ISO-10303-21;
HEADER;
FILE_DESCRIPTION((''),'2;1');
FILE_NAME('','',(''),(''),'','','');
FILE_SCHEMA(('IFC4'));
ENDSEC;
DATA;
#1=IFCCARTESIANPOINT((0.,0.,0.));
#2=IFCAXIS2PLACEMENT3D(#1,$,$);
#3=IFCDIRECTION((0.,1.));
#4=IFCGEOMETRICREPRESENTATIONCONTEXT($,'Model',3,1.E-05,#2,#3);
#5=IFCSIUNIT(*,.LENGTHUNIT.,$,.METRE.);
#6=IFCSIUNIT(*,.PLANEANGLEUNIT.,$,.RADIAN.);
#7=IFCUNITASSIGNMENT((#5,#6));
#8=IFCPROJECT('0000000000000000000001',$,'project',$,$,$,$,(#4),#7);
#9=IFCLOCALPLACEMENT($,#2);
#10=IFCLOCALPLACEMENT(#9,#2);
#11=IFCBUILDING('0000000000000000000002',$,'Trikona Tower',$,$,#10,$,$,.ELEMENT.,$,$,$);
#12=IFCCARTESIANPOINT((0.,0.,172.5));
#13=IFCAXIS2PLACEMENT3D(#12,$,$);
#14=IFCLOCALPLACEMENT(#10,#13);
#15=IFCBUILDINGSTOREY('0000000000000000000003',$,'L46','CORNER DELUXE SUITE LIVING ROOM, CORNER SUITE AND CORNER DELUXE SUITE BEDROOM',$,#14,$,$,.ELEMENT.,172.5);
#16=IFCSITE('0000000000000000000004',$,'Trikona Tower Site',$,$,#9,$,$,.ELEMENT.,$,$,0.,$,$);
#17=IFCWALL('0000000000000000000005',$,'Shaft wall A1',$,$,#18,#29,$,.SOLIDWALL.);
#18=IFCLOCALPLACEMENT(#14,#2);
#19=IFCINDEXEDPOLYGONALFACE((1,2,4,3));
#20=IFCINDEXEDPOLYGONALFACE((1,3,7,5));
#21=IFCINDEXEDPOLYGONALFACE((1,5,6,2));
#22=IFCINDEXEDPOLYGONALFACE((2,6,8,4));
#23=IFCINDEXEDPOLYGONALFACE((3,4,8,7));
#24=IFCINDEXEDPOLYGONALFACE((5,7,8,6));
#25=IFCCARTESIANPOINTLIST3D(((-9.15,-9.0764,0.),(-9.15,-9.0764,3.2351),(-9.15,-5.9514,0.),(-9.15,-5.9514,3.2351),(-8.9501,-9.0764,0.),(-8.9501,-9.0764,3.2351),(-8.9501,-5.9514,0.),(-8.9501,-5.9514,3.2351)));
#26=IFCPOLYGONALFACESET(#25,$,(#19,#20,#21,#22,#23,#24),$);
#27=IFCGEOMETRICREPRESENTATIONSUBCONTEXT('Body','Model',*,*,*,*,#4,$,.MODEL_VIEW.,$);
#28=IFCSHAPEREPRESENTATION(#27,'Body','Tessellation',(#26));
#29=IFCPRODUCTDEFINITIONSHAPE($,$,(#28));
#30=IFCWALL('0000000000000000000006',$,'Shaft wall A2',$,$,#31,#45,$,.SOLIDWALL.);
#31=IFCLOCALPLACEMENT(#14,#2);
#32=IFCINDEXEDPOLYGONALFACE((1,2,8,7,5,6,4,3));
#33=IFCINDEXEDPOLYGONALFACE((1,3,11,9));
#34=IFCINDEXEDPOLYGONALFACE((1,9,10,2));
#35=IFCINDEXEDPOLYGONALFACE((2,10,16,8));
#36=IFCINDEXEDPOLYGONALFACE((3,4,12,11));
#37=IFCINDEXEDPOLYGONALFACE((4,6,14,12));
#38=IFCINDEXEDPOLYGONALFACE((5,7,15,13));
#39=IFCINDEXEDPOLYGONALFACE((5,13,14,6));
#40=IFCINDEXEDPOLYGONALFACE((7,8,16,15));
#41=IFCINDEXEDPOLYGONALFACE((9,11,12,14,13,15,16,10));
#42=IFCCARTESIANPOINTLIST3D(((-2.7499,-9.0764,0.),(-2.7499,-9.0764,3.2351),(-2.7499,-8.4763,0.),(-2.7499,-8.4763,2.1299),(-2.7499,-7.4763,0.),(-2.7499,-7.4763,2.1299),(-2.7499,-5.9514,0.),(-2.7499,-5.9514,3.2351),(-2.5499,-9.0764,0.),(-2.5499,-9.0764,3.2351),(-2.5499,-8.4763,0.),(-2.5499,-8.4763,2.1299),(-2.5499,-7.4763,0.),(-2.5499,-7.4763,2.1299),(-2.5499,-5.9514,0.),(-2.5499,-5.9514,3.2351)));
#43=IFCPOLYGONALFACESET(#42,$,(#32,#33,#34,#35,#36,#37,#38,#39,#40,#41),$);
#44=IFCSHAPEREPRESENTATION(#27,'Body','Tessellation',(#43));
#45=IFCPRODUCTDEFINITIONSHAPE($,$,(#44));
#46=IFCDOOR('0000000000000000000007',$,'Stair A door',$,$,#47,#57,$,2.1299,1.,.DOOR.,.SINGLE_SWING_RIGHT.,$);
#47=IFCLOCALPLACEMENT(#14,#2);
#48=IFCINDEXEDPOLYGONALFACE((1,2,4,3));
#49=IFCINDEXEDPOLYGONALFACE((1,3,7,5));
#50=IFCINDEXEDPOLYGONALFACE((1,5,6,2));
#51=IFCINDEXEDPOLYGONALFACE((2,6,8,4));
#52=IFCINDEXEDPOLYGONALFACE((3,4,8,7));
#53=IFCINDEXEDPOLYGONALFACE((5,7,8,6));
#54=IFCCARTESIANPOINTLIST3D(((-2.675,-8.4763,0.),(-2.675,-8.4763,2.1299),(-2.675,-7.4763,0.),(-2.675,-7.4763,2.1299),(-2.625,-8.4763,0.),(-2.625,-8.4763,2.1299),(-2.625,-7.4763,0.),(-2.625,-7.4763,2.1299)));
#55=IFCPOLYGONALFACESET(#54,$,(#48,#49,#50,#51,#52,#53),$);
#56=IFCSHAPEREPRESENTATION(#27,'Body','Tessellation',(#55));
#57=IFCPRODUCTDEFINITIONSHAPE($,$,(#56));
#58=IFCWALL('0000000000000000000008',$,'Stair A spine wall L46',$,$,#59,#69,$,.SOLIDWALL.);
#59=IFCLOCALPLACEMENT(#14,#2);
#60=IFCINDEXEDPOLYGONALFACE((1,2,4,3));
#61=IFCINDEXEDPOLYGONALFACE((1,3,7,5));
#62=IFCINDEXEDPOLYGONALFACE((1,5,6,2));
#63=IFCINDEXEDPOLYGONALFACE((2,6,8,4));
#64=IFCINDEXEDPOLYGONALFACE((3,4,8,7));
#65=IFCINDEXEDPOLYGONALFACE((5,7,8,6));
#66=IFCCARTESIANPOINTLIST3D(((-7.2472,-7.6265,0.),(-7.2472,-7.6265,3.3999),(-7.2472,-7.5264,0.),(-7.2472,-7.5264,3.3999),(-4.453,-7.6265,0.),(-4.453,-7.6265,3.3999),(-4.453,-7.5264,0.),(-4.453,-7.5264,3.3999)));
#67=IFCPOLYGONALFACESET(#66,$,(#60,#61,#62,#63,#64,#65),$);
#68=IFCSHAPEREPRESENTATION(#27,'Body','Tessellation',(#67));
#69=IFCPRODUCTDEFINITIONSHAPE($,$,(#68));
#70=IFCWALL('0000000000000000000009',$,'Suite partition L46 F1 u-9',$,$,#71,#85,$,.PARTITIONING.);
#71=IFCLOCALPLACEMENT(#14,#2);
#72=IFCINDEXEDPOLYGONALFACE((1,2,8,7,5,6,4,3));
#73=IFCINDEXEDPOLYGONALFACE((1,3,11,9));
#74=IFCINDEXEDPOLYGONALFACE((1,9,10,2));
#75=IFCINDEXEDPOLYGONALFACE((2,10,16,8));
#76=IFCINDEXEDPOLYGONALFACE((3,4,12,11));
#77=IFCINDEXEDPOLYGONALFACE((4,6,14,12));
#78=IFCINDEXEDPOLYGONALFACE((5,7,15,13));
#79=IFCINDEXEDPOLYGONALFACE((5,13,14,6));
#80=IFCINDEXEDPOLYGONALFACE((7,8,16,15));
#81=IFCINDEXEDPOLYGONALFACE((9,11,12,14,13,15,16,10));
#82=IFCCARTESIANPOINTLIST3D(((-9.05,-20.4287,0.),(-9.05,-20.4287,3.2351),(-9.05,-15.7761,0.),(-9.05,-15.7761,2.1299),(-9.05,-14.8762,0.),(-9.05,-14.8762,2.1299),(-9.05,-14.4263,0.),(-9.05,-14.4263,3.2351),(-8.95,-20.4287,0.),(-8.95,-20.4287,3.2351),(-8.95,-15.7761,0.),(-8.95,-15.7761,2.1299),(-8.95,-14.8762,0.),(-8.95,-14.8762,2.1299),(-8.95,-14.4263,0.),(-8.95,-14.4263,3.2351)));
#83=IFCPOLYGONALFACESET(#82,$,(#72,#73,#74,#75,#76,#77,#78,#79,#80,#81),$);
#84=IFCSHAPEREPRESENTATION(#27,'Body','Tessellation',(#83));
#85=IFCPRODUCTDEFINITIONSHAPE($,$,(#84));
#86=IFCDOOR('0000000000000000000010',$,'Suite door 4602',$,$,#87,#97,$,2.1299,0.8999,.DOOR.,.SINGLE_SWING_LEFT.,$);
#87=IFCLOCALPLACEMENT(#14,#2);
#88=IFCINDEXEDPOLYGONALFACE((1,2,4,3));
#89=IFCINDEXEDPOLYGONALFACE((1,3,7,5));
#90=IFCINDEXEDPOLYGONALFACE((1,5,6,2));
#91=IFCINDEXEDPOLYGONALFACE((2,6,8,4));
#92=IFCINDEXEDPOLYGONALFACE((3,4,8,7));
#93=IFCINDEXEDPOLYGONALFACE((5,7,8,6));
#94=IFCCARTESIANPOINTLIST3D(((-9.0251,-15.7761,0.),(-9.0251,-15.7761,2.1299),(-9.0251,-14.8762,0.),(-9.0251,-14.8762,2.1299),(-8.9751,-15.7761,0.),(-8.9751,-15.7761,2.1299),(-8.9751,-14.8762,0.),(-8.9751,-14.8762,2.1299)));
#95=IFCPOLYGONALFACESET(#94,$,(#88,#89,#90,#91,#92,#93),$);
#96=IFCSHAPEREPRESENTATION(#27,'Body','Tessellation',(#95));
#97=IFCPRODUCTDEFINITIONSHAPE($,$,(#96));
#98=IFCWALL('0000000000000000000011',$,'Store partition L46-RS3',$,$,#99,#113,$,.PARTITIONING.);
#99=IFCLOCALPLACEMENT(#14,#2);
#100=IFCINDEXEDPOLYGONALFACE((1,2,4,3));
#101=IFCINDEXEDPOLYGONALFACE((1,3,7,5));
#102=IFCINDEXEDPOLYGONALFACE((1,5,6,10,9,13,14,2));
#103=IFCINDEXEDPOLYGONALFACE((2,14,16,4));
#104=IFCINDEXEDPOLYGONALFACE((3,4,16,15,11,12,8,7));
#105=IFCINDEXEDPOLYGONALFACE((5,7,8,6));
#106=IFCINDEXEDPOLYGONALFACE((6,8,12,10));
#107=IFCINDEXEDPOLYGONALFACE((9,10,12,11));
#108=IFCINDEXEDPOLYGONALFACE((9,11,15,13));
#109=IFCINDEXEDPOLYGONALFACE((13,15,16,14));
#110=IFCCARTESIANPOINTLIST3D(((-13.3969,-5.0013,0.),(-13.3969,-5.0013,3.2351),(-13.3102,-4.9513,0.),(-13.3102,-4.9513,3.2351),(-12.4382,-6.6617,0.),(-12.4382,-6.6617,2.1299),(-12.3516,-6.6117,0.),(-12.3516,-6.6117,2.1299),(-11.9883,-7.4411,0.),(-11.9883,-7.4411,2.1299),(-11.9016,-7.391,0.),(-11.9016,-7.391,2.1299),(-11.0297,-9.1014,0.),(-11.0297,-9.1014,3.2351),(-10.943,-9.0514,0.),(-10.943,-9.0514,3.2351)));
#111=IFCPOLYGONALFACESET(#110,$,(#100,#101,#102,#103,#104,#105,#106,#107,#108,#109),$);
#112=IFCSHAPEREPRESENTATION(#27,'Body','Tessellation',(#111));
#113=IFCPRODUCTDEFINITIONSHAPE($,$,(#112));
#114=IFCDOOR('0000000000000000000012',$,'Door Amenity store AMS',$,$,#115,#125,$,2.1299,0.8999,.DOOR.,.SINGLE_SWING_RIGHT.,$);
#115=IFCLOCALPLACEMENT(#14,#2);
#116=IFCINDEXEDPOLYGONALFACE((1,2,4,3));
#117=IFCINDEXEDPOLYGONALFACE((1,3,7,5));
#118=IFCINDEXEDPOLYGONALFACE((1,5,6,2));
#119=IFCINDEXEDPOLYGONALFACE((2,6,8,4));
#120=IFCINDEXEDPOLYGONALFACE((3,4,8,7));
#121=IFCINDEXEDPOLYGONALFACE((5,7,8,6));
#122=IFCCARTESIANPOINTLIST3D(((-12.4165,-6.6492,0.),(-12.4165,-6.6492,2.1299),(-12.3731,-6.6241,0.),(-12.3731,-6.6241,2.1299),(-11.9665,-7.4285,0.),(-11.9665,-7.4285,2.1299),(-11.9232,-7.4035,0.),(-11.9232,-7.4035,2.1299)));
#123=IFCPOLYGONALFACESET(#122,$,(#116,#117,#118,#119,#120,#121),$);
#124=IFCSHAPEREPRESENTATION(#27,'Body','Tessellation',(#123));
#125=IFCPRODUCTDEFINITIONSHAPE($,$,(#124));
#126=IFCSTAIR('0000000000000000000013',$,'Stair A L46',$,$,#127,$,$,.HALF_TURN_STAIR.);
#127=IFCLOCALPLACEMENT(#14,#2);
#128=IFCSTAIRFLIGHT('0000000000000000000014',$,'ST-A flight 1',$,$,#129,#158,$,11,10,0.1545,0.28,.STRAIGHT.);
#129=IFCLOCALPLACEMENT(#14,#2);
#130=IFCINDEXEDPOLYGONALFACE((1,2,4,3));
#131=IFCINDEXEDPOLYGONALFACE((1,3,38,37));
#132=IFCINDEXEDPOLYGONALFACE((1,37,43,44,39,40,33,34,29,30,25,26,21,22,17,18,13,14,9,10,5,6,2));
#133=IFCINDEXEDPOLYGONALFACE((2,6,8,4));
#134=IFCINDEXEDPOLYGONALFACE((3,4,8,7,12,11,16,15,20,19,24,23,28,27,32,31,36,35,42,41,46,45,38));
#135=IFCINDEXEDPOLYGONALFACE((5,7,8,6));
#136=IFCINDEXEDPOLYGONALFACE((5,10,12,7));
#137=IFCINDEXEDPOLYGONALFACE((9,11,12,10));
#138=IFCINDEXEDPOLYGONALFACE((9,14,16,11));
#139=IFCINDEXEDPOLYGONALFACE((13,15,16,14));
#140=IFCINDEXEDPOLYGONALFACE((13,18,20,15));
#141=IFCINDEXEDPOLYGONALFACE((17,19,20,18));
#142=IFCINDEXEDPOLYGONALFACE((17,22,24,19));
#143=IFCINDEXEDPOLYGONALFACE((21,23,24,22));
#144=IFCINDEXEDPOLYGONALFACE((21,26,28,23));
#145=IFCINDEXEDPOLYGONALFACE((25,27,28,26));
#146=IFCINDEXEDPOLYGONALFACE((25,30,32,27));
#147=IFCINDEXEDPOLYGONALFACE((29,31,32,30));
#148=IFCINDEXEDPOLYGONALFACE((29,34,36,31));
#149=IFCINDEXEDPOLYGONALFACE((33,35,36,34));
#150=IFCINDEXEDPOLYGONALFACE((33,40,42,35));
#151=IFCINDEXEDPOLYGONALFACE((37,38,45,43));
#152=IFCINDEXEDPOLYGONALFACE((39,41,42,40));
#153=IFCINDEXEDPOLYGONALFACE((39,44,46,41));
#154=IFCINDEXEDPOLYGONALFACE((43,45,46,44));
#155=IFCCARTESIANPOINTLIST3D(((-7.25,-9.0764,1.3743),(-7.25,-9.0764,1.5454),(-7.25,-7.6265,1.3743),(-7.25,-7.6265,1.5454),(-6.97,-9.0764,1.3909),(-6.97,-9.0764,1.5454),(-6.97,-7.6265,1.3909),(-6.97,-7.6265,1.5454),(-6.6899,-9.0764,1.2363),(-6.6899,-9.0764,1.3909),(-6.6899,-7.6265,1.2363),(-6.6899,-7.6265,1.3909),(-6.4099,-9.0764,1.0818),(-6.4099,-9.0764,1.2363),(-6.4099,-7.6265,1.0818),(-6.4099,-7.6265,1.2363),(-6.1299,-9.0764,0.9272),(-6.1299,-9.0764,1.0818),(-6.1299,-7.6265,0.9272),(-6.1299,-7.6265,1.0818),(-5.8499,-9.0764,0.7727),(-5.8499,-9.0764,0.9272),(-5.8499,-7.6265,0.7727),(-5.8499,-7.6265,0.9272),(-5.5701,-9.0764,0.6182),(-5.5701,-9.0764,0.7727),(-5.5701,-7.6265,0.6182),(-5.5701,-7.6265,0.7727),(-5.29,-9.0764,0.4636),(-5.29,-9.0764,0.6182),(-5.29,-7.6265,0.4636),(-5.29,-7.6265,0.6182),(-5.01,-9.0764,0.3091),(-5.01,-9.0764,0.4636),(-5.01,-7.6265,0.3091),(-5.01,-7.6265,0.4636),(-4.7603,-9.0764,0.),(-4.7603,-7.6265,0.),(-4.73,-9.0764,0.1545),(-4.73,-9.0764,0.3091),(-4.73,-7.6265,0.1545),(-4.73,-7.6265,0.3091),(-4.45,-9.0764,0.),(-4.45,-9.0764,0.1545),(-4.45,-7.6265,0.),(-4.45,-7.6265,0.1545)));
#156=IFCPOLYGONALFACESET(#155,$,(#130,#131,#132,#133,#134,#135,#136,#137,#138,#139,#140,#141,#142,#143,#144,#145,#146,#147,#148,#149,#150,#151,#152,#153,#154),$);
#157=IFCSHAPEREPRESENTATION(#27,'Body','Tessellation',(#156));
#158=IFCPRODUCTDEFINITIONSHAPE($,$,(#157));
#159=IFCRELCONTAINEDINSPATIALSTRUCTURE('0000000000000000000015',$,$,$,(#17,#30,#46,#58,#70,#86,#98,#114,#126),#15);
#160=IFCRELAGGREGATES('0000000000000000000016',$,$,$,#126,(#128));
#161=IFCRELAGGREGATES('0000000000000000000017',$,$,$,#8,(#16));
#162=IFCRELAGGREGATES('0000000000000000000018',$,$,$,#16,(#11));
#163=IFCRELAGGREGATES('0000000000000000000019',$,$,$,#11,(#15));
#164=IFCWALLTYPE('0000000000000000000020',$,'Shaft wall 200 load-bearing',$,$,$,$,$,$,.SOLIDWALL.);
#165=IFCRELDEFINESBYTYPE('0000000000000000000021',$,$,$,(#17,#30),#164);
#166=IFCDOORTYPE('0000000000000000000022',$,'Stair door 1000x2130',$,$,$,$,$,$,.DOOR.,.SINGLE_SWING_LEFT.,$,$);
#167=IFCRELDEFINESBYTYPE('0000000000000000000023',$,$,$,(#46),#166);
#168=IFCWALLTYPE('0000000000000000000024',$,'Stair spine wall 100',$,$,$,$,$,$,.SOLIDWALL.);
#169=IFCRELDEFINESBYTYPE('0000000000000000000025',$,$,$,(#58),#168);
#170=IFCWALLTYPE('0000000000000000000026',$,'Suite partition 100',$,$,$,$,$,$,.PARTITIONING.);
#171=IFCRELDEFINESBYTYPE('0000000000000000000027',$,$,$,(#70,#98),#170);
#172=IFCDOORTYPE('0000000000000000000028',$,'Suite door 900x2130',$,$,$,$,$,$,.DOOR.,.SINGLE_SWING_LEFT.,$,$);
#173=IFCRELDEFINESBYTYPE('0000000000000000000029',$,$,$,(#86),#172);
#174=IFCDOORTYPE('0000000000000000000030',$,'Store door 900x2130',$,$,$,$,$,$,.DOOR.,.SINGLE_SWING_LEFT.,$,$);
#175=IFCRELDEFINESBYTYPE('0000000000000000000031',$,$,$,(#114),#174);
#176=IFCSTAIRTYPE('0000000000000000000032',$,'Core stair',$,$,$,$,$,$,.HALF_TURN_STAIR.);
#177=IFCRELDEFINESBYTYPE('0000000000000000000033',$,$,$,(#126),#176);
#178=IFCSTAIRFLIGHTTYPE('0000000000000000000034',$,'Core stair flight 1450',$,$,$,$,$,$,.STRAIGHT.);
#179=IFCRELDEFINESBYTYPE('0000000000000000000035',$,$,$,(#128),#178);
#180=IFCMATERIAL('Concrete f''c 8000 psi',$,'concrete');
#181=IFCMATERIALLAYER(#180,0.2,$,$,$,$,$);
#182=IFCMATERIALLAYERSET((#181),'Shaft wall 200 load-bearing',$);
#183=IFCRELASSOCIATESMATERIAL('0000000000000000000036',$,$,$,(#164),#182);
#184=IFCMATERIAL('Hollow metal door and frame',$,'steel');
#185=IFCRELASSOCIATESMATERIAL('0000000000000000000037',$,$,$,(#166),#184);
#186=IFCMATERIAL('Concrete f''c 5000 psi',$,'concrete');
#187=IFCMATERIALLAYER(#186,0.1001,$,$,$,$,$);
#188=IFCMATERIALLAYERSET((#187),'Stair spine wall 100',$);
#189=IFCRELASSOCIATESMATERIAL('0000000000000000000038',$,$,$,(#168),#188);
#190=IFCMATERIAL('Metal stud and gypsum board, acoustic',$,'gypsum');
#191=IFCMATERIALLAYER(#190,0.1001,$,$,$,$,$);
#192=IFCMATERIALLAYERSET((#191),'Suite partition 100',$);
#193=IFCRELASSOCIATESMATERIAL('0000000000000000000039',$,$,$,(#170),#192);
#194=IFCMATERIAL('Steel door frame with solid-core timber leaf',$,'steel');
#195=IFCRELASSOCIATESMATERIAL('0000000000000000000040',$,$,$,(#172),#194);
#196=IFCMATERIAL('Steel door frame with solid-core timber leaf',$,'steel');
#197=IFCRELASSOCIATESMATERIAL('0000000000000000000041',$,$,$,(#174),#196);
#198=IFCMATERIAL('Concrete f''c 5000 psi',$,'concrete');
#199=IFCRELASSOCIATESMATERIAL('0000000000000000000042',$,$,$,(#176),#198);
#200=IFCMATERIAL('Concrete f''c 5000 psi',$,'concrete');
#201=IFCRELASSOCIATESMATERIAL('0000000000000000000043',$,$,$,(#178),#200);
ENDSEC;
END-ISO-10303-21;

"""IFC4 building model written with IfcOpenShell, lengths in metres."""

from ifc_helpers import new_model, si_unit, direction, frame, frame_2d, origin, place, context, subcontext, project, spatial, polyline, rectangle, outline, extrude, material, layer, layer_set, type_object, element, fill, aggregate, save


model = new_model("IFC4")

# Units and contexts
model_context = context("Model", 3, precision=1e-05, world=origin(), true_north=direction((0.0, 1.0)))
body_context = subcontext(model_context, "Body", "Model", "MODEL_VIEW")
ifc_project = project(units=[si_unit("LENGTHUNIT", "METRE"), si_unit("PLANEANGLEUNIT", "RADIAN")], contexts=[model_context])

# Site, building, storey
site_placement = place(None, origin())
site = spatial("IfcSite", under=ifc_project, at=site_placement, Name="Trikona Tower Site", CompositionType="ELEMENT", RefElevation=0.0)
building_placement = place(site_placement, origin())
building = spatial("IfcBuilding", under=site, at=building_placement, Name="Trikona Tower", CompositionType="ELEMENT")
storey_placement = place(building_placement, frame((0.0, 0.0, 172.5)))
storey = spatial("IfcBuildingStorey", under=building, at=storey_placement, Name="L46", Description="CORNER DELUXE SUITE LIVING ROOM, CORNER SUITE AND CORNER DELUXE SUITE BEDROOM", CompositionType="ELEMENT", Elevation=172.5)

# Wall
ifc_material_1 = material(Name="Concrete f'c 8000 psi", Category="concrete")
ifc_layer_1 = layer(ifc_material_1, 0.2)
ifc_layer_set_1 = layer_set([ifc_layer_1], Name="Shaft wall 200 load-bearing")
wall_type_1 = type_object("IfcWallType", Name="Shaft wall 200 load-bearing", PredefinedType="SOLIDWALL", material=ifc_layer_set_1)
wall_1_placement = place(storey_placement, frame((-9.05, -5.9514, 0.0), z_axis=(0.0, 0.0, 1.0), x_axis=(0.0, -1.0, 0.0)))
element("IfcWall", 1, at=wall_1_placement, inside=storey, type_object=wall_type_1, Name="Shaft wall A1", PredefinedType="SOLIDWALL", context=body_context, shape_type="SweptSolid", body=[
    extrude(rectangle(XDim=3.125, YDim=0.2, at=frame_2d((1.5625, 0.0))), origin(), (0.0, 0.0, 1.0), 3.2351),
])

# Wall, opening, door
wall_2_placement = place(storey_placement, frame((-2.6499, -5.9514, 0.0), z_axis=(0.0, 0.0, 1.0), x_axis=(0.0, -1.0, 0.0)))
wall_2 = element("IfcWall", 2, at=wall_2_placement, inside=storey, type_object=wall_type_1, Name="Shaft wall A2", PredefinedType="SOLIDWALL", context=body_context, shape_type="SweptSolid", body=[
    extrude(rectangle(XDim=3.125, YDim=0.2, at=frame_2d((1.5625, 0.0))), origin(), (0.0, 0.0, 1.0), 3.2351),
])
opening_1_placement = place(wall_2_placement, frame((1.5249, 0.0, 0.0)))
opening_1 = element("IfcOpeningElement", 3, at=opening_1_placement, cuts=wall_2, PredefinedType="OPENING", context=body_context, shape_type="SweptSolid", body=[
    extrude(rectangle(XDim=1.0, YDim=2.1299, at=frame_2d((0.5, 1.0649))), frame((0.0, 0.1099, 0.0), z_axis=(0.0, -1.0, 0.0), x_axis=(1.0, 0.0, 0.0)), (0.0, 0.0, 1.0), 0.22),
])
ifc_material_2 = material(Name="Hollow metal door and frame", Category="steel")
door_type_1 = type_object("IfcDoorType", Name="Stair door 1000x2130", OperationType="SINGLE_SWING_LEFT", PredefinedType="DOOR", material=ifc_material_2)
door_1_placement = place(opening_1_placement, origin())
door_1 = element("IfcDoor", 4, at=door_1_placement, inside=storey, type_object=door_type_1, Name="Stair A door", OperationType="SINGLE_SWING_RIGHT", OverallHeight=2.1299, OverallWidth=1.0, PredefinedType="DOOR", context=body_context, shape_type="SweptSolid", body=[
    extrude(rectangle(XDim=1.0, YDim=2.1299, at=frame_2d((0.5, 1.0649))), frame((0.0, 0.0249, 0.0), z_axis=(0.0, -1.0, 0.0), x_axis=(1.0, 0.0, 0.0)), (0.0, 0.0, 1.0), 0.05),
])
fill(opening_1, door_1)

# Wall
ifc_material_3 = material(Name="Concrete f'c 5000 psi", Category="concrete")
ifc_layer_2 = layer(ifc_material_3, 0.1001)
ifc_layer_set_2 = layer_set([ifc_layer_2], Name="Stair spine wall 100")
wall_type_2 = type_object("IfcWallType", Name="Stair spine wall 100", PredefinedType="SOLIDWALL", material=ifc_layer_set_2)
wall_3_placement = place(storey_placement, frame((-7.2471, -7.5764, 0.0), z_axis=(0.0, 0.0, 1.0), x_axis=(1.0, 0.0, 0.0)))
element("IfcWall", 5, at=wall_3_placement, inside=storey, type_object=wall_type_2, Name="Stair A spine wall L46", PredefinedType="SOLIDWALL", context=body_context, shape_type="SweptSolid", body=[
    extrude(rectangle(XDim=2.7942, YDim=0.1001, at=frame_2d((1.397, 0.0))), origin(), (0.0, 0.0, 1.0), 3.3999),
])

# Walls, openings, doors
ifc_material_4 = material(Name="Metal stud and gypsum board, acoustic", Category="gypsum")
ifc_layer_3 = layer(ifc_material_4, 0.1001)
ifc_layer_set_3 = layer_set([ifc_layer_3], Name="Suite partition 100")
wall_type_3 = type_object("IfcWallType", Name="Suite partition 100", PredefinedType="PARTITIONING", material=ifc_layer_set_3)
wall_4_placement = place(storey_placement, frame((-9.0, -14.4263, 0.0), z_axis=(0.0, 0.0, 1.0), x_axis=(0.0, -1.0, 0.0)))
wall_4 = element("IfcWall", 6, at=wall_4_placement, inside=storey, type_object=wall_type_3, Name="Suite partition L46 F1 u-9", PredefinedType="PARTITIONING", context=body_context, shape_type="SweptSolid", body=[
    extrude(rectangle(XDim=6.0024, YDim=0.1001, at=frame_2d((3.0012, 0.0))), origin(), (0.0, 0.0, 1.0), 3.2351),
])
opening_2_placement = place(wall_4_placement, frame((0.45, 0.0, 0.0)))
opening_2 = element("IfcOpeningElement", 7, at=opening_2_placement, cuts=wall_4, PredefinedType="OPENING", context=body_context, shape_type="SweptSolid", body=[
    extrude(rectangle(XDim=0.8999, YDim=2.1299, at=frame_2d((0.45, 1.0649))), frame((0.0, 0.0601, 0.0), z_axis=(0.0, -1.0, 0.0), x_axis=(1.0, 0.0, 0.0)), (0.0, 0.0, 1.0), 0.1201),
])
ifc_material_5 = material(Name="Steel door frame with solid-core timber leaf", Category="steel")
door_type_2 = type_object("IfcDoorType", Name="Suite door 900x2130", OperationType="SINGLE_SWING_LEFT", PredefinedType="DOOR", material=ifc_material_5)
door_2_placement = place(opening_2_placement, origin())
door_2 = element("IfcDoor", 8, at=door_2_placement, inside=storey, type_object=door_type_2, Name="Suite door 4602", OperationType="SINGLE_SWING_LEFT", OverallHeight=2.1299, OverallWidth=0.8999, PredefinedType="DOOR", context=body_context, shape_type="SweptSolid", body=[
    extrude(rectangle(XDim=0.8999, YDim=2.1299, at=frame_2d((0.45, 1.0649))), frame((0.0, 0.0249, 0.0), z_axis=(0.0, -1.0, 0.0), x_axis=(1.0, 0.0, 0.0)), (0.0, 0.0, 1.0), 0.05),
])
fill(opening_2, door_2)
wall_5_placement = place(storey_placement, frame((-10.9863, -9.0764, 0.0), z_axis=(0.0, 0.0, 1.0), x_axis=(-0.499999, 0.866026, 0.0)))
wall_5 = element("IfcWall", 9, at=wall_5_placement, inside=storey, type_object=wall_type_3, Name="Store partition L46-RS3", PredefinedType="PARTITIONING", context=body_context, shape_type="SweptSolid", body=[
    extrude(rectangle(XDim=4.7344, YDim=0.1001, at=frame_2d((2.3672, 0.0))), origin(), (0.0, 0.0, 1.0), 3.2351),
])
opening_3_placement = place(wall_5_placement, frame((1.9172, 0.0, 0.0)))
opening_3 = element("IfcOpeningElement", 10, at=opening_3_placement, cuts=wall_5, PredefinedType="OPENING", context=body_context, shape_type="SweptSolid", body=[
    extrude(rectangle(XDim=0.8999, YDim=2.1299, at=frame_2d((0.45, 1.0649))), frame((0.0, 0.0601, 0.0), z_axis=(0.0, -1.0, 0.0), x_axis=(1.0, 0.0, 0.0)), (0.0, 0.0, 1.0), 0.1201),
])
ifc_material_6 = material(Name="Steel door frame with solid-core timber leaf", Category="steel")
door_type_3 = type_object("IfcDoorType", Name="Store door 900x2130", OperationType="SINGLE_SWING_LEFT", PredefinedType="DOOR", material=ifc_material_6)
door_3_placement = place(opening_3_placement, origin())
door_3 = element("IfcDoor", 11, at=door_3_placement, inside=storey, type_object=door_type_3, Name="Door Amenity store AMS", OperationType="SINGLE_SWING_RIGHT", OverallHeight=2.1299, OverallWidth=0.8999, PredefinedType="DOOR", context=body_context, shape_type="SweptSolid", body=[
    extrude(rectangle(XDim=0.8999, YDim=2.1299, at=frame_2d((0.45, 1.0649))), frame((0.0, 0.0249, 0.0), z_axis=(0.0, -1.0, 0.0), x_axis=(1.0, 0.0, 0.0)), (0.0, 0.0, 1.0), 0.05),
])
fill(opening_3, door_3)

# Stair, stair flight
ifc_material_7 = material(Name="Concrete f'c 5000 psi", Category="concrete")
stair_type = type_object("IfcStairType", Name="Core stair", PredefinedType="HALF_TURN_STAIR", material=ifc_material_7)
stair_placement = place(storey_placement, origin())
stair = element("IfcStair", 12, at=stair_placement, inside=storey, type_object=stair_type, Name="Stair A L46", PredefinedType="HALF_TURN_STAIR")
ifc_material_8 = material(Name="Concrete f'c 5000 psi", Category="concrete")
stair_flight_type = type_object("IfcStairFlightType", Name="Core stair flight 1450", PredefinedType="STRAIGHT", material=ifc_material_8)
stair_flight_1_placement = place(storey_placement, frame((-4.45, -8.3513, 0.0), z_axis=(0.0, 0.0, 1.0), x_axis=(-1.0, 0.0, 0.0)))
stair_flight_1 = element("IfcStairFlight", 13, at=stair_flight_1_placement, type_object=stair_flight_type, Name="ST-A flight 1", NumberOfRisers=11, NumberOfTreads=10, PredefinedType="STRAIGHT", RiserHeight=0.1545, TreadLength=0.28, context=body_context, shape_type="SweptSolid", body=[
    extrude(outline(polyline([(0.0, 0.0), (0.0, 0.1545), (0.28, 0.1545), (0.28, 0.3091), (0.5601, 0.3091), (0.5601, 0.4636), (0.8401, 0.4636), (0.8401, 0.6182), (1.1201, 0.6182), (1.1201, 0.7727), (1.3999, 0.7727), (1.3999, 0.9272), (1.6799, 0.9272), (1.6799, 1.0818), (1.96, 1.0818), (1.96, 1.2363), (2.24, 1.2363), (2.24, 1.3909), (2.52, 1.3909), (2.52, 1.5454), (2.8, 1.5454), (2.8, 1.7), (2.8, 1.3743), (0.3103, 0.0), (0.0, 0.0)])), frame((0.0, 0.7251, 0.0), z_axis=(0.0, -1.0, 0.0), x_axis=(1.0, 0.0, 0.0)), (0.0, 0.0, 1.0), 1.45),
])
aggregate(stair, [stair_flight_1])

save(model, "model.ifc")
